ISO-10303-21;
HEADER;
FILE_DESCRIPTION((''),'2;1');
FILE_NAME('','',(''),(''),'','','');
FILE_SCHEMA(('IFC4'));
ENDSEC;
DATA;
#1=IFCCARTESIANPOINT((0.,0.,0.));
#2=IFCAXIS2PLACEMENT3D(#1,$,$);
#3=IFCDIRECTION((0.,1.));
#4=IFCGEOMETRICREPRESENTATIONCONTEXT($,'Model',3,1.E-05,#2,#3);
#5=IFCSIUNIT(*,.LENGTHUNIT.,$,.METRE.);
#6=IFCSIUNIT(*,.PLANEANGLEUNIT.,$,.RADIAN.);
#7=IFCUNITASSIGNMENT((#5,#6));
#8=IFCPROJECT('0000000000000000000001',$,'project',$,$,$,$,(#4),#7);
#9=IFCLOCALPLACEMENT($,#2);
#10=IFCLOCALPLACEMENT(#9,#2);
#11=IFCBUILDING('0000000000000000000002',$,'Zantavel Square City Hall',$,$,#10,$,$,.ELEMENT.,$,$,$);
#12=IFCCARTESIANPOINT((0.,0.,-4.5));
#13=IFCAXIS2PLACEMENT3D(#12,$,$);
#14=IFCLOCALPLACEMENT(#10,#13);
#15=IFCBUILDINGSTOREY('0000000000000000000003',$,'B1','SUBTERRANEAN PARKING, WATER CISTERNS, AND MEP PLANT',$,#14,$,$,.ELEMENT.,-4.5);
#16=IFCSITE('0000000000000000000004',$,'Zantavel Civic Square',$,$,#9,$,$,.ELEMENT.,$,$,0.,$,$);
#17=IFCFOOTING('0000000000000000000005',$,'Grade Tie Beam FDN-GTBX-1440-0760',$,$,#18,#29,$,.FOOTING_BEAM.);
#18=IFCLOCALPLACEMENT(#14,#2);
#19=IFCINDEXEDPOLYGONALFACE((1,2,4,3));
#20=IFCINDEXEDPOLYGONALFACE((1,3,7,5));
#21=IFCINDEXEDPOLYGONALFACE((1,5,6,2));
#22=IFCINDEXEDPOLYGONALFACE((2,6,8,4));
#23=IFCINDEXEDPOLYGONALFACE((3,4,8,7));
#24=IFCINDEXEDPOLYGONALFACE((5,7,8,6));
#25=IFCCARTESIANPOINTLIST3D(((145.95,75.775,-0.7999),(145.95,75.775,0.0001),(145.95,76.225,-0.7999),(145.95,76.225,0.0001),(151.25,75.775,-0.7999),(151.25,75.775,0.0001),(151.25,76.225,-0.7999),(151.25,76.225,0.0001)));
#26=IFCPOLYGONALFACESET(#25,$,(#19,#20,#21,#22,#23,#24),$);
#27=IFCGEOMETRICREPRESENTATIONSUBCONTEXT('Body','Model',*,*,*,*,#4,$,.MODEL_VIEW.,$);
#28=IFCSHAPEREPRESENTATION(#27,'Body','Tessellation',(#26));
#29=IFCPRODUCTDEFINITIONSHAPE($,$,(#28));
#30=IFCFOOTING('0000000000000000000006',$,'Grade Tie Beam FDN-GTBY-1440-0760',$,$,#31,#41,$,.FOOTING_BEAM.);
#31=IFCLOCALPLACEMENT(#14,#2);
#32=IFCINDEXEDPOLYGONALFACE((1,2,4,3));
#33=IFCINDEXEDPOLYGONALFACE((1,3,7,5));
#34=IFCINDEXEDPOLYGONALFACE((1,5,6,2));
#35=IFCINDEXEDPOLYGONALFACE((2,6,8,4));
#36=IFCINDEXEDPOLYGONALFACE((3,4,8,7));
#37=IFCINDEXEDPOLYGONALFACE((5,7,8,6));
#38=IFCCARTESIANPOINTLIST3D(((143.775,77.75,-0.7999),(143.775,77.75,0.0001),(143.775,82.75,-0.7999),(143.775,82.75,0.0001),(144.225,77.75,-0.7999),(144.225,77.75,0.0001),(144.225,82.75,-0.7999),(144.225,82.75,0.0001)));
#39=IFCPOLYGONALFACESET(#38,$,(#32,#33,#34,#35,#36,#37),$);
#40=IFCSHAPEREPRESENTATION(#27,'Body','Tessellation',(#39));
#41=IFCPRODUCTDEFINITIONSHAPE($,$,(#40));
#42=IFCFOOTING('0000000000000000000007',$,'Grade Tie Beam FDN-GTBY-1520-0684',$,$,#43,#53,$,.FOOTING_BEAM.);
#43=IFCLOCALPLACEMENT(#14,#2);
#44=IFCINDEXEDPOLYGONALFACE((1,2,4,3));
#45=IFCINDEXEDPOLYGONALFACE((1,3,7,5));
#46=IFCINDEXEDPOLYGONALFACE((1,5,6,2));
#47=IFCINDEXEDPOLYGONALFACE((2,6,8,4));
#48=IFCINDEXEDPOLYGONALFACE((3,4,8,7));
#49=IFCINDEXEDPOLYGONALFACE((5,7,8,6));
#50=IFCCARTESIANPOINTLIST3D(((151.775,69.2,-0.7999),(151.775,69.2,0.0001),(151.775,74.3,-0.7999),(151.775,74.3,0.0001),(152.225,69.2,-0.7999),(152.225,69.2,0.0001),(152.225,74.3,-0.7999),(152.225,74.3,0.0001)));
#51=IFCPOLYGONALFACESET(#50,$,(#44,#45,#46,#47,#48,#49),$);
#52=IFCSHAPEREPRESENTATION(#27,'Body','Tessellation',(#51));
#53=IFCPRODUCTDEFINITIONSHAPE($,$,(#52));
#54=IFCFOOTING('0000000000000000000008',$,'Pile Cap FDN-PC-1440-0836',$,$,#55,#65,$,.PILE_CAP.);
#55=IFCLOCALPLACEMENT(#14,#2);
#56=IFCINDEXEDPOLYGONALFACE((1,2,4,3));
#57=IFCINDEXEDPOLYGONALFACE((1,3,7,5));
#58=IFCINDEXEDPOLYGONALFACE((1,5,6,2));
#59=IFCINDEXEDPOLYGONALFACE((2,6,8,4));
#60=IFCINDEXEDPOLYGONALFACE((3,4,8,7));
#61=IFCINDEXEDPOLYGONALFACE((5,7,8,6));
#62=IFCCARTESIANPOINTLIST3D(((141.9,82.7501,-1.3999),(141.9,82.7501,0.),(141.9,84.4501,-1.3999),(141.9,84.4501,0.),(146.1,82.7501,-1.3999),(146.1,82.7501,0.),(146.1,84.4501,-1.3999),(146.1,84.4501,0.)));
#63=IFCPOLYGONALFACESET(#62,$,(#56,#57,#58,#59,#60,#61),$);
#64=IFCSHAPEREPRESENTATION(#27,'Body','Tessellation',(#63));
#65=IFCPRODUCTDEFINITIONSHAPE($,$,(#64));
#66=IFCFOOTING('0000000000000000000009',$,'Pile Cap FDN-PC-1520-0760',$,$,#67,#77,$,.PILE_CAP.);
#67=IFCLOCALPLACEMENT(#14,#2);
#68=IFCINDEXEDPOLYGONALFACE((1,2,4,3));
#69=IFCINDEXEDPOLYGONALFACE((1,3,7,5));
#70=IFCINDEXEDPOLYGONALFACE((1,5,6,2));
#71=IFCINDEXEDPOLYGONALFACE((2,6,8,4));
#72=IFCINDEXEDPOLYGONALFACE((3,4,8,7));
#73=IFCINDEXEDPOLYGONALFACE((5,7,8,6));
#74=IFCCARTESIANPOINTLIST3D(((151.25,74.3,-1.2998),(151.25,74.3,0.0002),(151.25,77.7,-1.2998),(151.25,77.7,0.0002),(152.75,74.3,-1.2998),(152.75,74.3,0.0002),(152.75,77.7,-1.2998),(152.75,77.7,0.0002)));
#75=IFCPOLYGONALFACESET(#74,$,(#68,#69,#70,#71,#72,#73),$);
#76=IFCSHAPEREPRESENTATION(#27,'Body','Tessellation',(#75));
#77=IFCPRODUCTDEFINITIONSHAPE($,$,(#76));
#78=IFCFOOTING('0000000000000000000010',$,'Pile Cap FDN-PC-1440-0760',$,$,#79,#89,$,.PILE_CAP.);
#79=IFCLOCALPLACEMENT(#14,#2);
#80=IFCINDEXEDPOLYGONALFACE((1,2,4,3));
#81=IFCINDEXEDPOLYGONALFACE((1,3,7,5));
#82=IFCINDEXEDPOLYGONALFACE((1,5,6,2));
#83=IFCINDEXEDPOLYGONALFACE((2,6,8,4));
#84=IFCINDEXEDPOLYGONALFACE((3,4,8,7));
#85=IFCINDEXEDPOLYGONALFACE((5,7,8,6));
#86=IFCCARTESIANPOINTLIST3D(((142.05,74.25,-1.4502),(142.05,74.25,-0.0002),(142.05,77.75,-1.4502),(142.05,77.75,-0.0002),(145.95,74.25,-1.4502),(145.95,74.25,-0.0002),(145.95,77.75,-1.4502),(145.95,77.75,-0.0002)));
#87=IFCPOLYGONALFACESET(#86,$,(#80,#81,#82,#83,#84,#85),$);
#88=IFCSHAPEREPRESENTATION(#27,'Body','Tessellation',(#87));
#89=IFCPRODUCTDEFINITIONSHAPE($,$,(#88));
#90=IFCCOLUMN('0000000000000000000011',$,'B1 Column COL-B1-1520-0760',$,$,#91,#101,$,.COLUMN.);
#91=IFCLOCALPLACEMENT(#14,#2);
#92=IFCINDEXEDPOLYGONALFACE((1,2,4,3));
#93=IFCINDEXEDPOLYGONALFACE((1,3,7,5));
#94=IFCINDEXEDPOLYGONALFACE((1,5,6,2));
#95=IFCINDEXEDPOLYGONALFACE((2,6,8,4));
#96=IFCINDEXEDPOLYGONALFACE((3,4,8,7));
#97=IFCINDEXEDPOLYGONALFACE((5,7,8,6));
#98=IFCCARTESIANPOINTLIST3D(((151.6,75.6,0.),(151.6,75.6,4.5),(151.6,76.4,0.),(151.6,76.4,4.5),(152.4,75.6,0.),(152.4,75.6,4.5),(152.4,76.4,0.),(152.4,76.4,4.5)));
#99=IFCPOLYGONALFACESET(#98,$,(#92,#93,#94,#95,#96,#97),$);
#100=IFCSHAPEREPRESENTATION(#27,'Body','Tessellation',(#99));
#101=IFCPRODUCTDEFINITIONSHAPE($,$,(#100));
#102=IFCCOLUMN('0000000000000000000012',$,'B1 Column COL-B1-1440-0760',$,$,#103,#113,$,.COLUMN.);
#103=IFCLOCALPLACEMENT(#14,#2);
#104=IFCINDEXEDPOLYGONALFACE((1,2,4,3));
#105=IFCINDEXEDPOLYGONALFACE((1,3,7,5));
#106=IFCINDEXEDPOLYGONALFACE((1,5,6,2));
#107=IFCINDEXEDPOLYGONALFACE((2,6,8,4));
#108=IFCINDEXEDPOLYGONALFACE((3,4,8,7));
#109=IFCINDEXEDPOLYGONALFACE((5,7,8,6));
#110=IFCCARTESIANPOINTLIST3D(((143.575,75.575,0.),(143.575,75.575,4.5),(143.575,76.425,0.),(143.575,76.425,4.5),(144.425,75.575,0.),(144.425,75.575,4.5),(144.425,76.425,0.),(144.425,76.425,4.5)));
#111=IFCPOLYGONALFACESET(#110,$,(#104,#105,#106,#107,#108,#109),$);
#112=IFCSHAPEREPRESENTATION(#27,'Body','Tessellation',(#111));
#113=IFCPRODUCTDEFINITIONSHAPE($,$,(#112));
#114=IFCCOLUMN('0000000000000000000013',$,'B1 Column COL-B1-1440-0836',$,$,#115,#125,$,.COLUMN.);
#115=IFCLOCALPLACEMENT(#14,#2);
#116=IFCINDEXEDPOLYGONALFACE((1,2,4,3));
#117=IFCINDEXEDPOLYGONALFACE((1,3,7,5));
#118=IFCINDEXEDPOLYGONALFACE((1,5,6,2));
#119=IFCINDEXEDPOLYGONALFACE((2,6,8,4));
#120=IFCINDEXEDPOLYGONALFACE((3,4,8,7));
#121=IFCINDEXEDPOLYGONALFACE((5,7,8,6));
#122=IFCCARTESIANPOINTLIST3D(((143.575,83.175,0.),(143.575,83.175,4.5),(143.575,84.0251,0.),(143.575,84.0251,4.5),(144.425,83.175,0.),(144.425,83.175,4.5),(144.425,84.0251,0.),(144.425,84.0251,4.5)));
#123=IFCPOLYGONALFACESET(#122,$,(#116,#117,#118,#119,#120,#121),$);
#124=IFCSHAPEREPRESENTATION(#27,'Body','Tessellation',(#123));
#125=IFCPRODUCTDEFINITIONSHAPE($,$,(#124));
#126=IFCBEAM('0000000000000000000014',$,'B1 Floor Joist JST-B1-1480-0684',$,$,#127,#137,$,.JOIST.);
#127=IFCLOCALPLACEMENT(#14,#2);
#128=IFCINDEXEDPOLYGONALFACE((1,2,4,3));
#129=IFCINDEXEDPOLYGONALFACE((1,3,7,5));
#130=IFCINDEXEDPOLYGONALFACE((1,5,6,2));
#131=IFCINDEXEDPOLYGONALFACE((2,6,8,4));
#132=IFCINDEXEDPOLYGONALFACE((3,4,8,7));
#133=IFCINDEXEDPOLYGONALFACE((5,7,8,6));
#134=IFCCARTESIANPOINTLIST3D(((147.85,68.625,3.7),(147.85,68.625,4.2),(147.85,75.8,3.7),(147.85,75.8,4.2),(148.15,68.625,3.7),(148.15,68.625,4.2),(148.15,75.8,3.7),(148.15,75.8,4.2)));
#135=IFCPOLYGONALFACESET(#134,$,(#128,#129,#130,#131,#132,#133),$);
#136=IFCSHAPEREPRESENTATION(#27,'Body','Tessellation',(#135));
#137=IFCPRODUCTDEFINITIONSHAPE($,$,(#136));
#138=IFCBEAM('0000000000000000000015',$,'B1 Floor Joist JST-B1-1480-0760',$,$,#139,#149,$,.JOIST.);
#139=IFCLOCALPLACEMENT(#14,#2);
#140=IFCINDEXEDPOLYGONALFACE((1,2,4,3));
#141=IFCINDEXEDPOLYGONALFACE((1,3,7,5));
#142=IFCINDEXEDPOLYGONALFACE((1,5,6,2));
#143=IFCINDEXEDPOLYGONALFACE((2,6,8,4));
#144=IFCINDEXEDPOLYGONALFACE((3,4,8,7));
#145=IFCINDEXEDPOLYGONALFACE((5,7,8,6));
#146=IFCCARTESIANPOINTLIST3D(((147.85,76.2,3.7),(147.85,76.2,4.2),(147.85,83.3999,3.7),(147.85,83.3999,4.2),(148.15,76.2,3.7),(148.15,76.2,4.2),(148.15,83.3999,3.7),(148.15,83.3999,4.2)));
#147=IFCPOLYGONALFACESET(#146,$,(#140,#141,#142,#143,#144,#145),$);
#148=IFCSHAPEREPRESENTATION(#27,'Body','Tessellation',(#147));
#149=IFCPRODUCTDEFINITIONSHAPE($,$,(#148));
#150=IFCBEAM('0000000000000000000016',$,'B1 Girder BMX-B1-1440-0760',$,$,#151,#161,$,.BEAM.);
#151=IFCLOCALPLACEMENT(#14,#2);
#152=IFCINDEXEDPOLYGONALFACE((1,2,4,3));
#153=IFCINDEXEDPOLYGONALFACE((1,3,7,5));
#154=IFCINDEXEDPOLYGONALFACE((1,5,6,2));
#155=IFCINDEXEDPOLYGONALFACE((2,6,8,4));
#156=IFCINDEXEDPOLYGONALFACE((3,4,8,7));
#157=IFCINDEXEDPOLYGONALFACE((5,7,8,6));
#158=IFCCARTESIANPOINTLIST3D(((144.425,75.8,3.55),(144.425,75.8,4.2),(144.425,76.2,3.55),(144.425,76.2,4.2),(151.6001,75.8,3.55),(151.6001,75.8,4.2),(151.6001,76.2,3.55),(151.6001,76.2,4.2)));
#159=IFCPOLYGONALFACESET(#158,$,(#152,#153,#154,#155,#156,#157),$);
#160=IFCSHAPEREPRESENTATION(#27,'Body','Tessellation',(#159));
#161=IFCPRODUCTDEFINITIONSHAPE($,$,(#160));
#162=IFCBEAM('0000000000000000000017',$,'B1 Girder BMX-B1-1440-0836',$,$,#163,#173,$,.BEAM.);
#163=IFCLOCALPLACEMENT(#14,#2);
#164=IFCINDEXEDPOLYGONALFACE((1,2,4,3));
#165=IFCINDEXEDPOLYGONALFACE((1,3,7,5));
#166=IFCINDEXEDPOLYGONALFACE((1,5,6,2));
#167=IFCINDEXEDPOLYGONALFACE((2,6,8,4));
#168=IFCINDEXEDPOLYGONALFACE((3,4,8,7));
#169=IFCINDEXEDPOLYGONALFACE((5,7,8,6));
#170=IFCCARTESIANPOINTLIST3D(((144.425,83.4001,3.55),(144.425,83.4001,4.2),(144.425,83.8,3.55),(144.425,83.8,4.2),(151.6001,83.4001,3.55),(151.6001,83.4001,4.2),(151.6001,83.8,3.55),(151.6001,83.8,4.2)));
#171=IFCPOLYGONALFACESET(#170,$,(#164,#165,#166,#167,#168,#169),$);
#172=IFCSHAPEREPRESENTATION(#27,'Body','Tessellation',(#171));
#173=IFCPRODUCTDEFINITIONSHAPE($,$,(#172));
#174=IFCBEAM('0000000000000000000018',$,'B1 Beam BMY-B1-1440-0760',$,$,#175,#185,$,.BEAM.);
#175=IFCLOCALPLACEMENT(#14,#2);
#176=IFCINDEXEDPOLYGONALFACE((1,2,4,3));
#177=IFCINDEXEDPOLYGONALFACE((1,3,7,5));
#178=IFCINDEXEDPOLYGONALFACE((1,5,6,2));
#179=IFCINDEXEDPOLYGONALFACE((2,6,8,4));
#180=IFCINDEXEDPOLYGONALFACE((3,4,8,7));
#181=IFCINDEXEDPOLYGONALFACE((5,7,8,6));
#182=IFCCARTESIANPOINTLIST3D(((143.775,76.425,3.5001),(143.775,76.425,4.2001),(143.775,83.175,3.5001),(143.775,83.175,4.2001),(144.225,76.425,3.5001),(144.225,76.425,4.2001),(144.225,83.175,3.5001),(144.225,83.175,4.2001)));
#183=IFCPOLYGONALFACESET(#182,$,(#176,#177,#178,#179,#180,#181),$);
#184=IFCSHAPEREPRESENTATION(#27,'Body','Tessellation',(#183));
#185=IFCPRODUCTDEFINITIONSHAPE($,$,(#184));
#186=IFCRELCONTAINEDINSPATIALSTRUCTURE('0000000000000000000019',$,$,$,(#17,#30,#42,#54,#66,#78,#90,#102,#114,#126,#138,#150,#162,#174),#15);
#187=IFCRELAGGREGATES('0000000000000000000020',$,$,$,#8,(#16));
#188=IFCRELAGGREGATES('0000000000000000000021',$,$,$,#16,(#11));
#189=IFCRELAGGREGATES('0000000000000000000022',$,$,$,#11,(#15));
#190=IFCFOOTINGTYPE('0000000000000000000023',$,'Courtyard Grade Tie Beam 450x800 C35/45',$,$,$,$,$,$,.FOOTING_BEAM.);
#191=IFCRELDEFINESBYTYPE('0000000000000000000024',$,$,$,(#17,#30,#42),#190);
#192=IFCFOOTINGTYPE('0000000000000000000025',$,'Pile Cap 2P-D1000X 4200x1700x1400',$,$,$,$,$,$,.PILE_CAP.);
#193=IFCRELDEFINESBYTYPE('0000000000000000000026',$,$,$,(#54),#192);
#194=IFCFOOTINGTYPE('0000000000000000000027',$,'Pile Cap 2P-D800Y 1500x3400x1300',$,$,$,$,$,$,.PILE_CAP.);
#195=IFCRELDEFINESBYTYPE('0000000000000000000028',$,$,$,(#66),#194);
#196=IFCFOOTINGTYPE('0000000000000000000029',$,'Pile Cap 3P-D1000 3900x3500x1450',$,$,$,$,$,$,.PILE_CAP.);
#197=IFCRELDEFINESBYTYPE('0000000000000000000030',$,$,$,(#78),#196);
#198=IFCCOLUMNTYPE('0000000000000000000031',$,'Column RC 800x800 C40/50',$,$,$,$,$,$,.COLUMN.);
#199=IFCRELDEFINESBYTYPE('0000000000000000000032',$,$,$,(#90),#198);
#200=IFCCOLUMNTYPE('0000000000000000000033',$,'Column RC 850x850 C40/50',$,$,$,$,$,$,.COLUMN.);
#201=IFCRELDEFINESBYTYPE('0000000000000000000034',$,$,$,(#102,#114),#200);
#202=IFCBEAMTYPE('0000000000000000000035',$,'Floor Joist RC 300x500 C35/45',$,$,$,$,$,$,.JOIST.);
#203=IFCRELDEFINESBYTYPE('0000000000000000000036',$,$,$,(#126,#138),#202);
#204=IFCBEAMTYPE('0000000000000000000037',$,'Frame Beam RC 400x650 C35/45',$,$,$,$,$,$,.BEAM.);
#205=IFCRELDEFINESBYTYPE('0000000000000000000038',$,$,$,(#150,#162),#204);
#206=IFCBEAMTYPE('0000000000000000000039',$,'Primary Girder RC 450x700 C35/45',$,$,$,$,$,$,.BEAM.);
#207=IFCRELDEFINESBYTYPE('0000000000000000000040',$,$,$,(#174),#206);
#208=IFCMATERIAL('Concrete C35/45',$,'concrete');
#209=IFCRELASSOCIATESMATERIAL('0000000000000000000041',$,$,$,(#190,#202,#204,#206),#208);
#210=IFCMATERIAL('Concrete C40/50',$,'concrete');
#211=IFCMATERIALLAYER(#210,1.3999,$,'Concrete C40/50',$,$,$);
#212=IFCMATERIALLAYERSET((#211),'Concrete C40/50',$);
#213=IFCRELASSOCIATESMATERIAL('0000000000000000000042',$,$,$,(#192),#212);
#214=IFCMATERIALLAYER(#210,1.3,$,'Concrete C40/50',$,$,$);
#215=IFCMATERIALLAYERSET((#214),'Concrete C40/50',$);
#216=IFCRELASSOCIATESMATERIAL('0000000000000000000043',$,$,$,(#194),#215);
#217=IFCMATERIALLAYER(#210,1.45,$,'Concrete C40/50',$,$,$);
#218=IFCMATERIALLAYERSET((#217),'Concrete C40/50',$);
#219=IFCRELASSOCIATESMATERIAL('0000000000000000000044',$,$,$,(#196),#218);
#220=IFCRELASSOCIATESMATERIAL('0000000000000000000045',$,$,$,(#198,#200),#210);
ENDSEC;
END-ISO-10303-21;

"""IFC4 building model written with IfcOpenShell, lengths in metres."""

from ifc_helpers import new_model, si_unit, direction, frame, origin, origin_2d, place, context, subcontext, project, spatial, rectangle, extrude, material, layer, layer_set, material_profile, profile_set, type_object, element, save


model = new_model("IFC4")

# Units and contexts
model_context = context("Model", 3, precision=1e-05, world=origin(), true_north=direction((0.0, 1.0)))
body_context = subcontext(model_context, "Body", "Model", "MODEL_VIEW")
ifc_project = project(units=[si_unit("LENGTHUNIT", "METRE"), si_unit("PLANEANGLEUNIT", "RADIAN")], contexts=[model_context])

# Site, building, storey
site_placement = place(None, origin())
site = spatial("IfcSite", under=ifc_project, at=site_placement, Name="Zantavel Civic Square", CompositionType="ELEMENT", RefElevation=0.0)
building_placement = place(site_placement, origin())
building = spatial("IfcBuilding", under=site, at=building_placement, Name="Zantavel Square City Hall", CompositionType="ELEMENT")
storey_placement = place(building_placement, frame((0.0, 0.0, -4.5)))
storey = spatial("IfcBuildingStorey", under=building, at=storey_placement, Name="B1", Description="SUBTERRANEAN PARKING, WATER CISTERNS, AND MEP PLANT", CompositionType="ELEMENT", Elevation=-4.5)

# Shared definitions
ifc_material_1 = material(Name="Concrete C35/45", Category="concrete")

# Footings
ifc_material_profile_1 = material_profile(ifc_material_1, rectangle(XDim=0.45, YDim=0.8, at=origin_2d()), Name="RC 450x800")
ifc_profile_set_1 = profile_set([ifc_material_profile_1], Name="Concrete C35/45")
footing_type_1 = type_object("IfcFootingType", Name="Courtyard Grade Tie Beam 450x800 C35/45", PredefinedType="FOOTING_BEAM", material=ifc_profile_set_1)
footing_1_placement = place(storey_placement, frame((145.95, 76.0, -0.3999), z_axis=(1.0, 0.0, 0.0), x_axis=(0.0, 1.0, 0.0)))
element("IfcFooting", 1, at=footing_1_placement, inside=storey, type_object=footing_type_1, Name="Grade Tie Beam FDN-GTBX-1440-0760", PredefinedType="FOOTING_BEAM", context=body_context, shape_type="SweptSolid", body=[
    extrude(rectangle(XDim=0.45, YDim=0.8, at=origin_2d()), origin(), (0.0, 0.0, 1.0), 5.3),
])
footing_2_placement = place(storey_placement, frame((144.0, 77.75, -0.3999), z_axis=(0.0, 1.0, 0.0), x_axis=(-1.0, 0.0, 0.0)))
element("IfcFooting", 2, at=footing_2_placement, inside=storey, type_object=footing_type_1, Name="Grade Tie Beam FDN-GTBY-1440-0760", PredefinedType="FOOTING_BEAM", context=body_context, shape_type="SweptSolid", body=[
    extrude(rectangle(XDim=0.45, YDim=0.8, at=origin_2d()), origin(), (0.0, 0.0, 1.0), 5.0),
])
footing_3_placement = place(storey_placement, frame((152.0, 69.2, -0.3999), z_axis=(0.0, 1.0, 0.0), x_axis=(-1.0, 0.0, 0.0)))
element("IfcFooting", 3, at=footing_3_placement, inside=storey, type_object=footing_type_1, Name="Grade Tie Beam FDN-GTBY-1520-0684", PredefinedType="FOOTING_BEAM", context=body_context, shape_type="SweptSolid", body=[
    extrude(rectangle(XDim=0.45, YDim=0.8, at=origin_2d()), origin(), (0.0, 0.0, 1.0), 5.1001),
])
ifc_material_2 = material(Name="Concrete C40/50", Category="concrete")
ifc_layer_1 = layer(ifc_material_2, 1.3999, Name="Concrete C40/50")
ifc_layer_set_1 = layer_set([ifc_layer_1], Name="Concrete C40/50")
footing_type_2 = type_object("IfcFootingType", Name="Pile Cap 2P-D1000X 4200x1700x1400", PredefinedType="PILE_CAP", material=ifc_layer_set_1)
footing_4_placement = place(storey_placement, frame((144.0, 83.6001, -1.3999), z_axis=(0.0, 0.0, 1.0), x_axis=(1.0, 0.0, 0.0)))
element("IfcFooting", 4, at=footing_4_placement, inside=storey, type_object=footing_type_2, Name="Pile Cap FDN-PC-1440-0836", PredefinedType="PILE_CAP", context=body_context, shape_type="SweptSolid", body=[
    extrude(rectangle(XDim=4.2, YDim=1.7, at=origin_2d()), origin(), (0.0, 0.0, 1.0), 1.3999),
])
ifc_layer_2 = layer(ifc_material_2, 1.3, Name="Concrete C40/50")
ifc_layer_set_2 = layer_set([ifc_layer_2], Name="Concrete C40/50")
footing_type_3 = type_object("IfcFootingType", Name="Pile Cap 2P-D800Y 1500x3400x1300", PredefinedType="PILE_CAP", material=ifc_layer_set_2)
footing_5_placement = place(storey_placement, frame((152.0, 76.0, -1.2998), z_axis=(0.0, 0.0, 1.0), x_axis=(1.0, 0.0, 0.0)))
element("IfcFooting", 5, at=footing_5_placement, inside=storey, type_object=footing_type_3, Name="Pile Cap FDN-PC-1520-0760", PredefinedType="PILE_CAP", context=body_context, shape_type="SweptSolid", body=[
    extrude(rectangle(XDim=1.5, YDim=3.3999, at=origin_2d()), origin(), (0.0, 0.0, 1.0), 1.3),
])
ifc_layer_3 = layer(ifc_material_2, 1.45, Name="Concrete C40/50")
ifc_layer_set_3 = layer_set([ifc_layer_3], Name="Concrete C40/50")
footing_type_4 = type_object("IfcFootingType", Name="Pile Cap 3P-D1000 3900x3500x1450", PredefinedType="PILE_CAP", material=ifc_layer_set_3)
footing_6_placement = place(storey_placement, frame((144.0, 76.0, -1.4502), z_axis=(0.0, 0.0, 1.0), x_axis=(1.0, 0.0, 0.0)))
element("IfcFooting", 6, at=footing_6_placement, inside=storey, type_object=footing_type_4, Name="Pile Cap FDN-PC-1440-0760", PredefinedType="PILE_CAP", context=body_context, shape_type="SweptSolid", body=[
    extrude(rectangle(XDim=3.8999, YDim=3.5, at=origin_2d()), origin(), (0.0, 0.0, 1.0), 1.45),
])

# Columns
ifc_material_profile_2 = material_profile(ifc_material_2, rectangle(XDim=0.8, YDim=0.8, at=origin_2d()), Name="RC 800x800")
ifc_profile_set_2 = profile_set([ifc_material_profile_2], Name="Concrete C40/50")
column_type_1 = type_object("IfcColumnType", Name="Column RC 800x800 C40/50", PredefinedType="COLUMN", material=ifc_profile_set_2)
column_placement = place(storey_placement, frame((152.0, 76.0, 0.0), z_axis=(0.0, 0.0, 1.0), x_axis=(1.0, 0.0, 0.0)))
element("IfcColumn", 7, at=column_placement, inside=storey, type_object=column_type_1, Name="B1 Column COL-B1-1520-0760", PredefinedType="COLUMN", context=body_context, shape_type="SweptSolid", body=[
    extrude(rectangle(XDim=0.8, YDim=0.8, at=origin_2d()), origin(), (0.0, 0.0, 1.0), 4.5),
])
ifc_material_profile_3 = material_profile(ifc_material_2, rectangle(XDim=0.8501, YDim=0.8501, at=origin_2d()), Name="RC 850x850")
ifc_profile_set_3 = profile_set([ifc_material_profile_3], Name="Concrete C40/50")
column_type_2 = type_object("IfcColumnType", Name="Column RC 850x850 C40/50", PredefinedType="COLUMN", material=ifc_profile_set_3)
for number, where, z_axis, x_axis, name in (
    (8, (144.0, 76.0, 0.0), (0.0, 0.0, 1.0), (1.0, 0.0, 0.0), "B1 Column COL-B1-1440-0760"),
    (9, (144.0, 83.6001, 0.0), (0.0, 0.0, 1.0), (1.0, 0.0, 0.0), "B1 Column COL-B1-1440-0836"),
):
    element("IfcColumn", number, at=place(storey_placement, frame(where, z_axis=z_axis, x_axis=x_axis)), inside=storey, type_object=column_type_2, Name=name, PredefinedType="COLUMN", context=body_context, shape_type="SweptSolid", body=[
        extrude(rectangle(XDim=0.8501, YDim=0.8501, at=origin_2d()), origin(), (0.0, 0.0, 1.0), 4.5),
    ])

# Beams
ifc_material_profile_4 = material_profile(ifc_material_1, rectangle(XDim=0.3, YDim=0.5, at=origin_2d()), Name="RC 300x500")
ifc_profile_set_4 = profile_set([ifc_material_profile_4], Name="Concrete C35/45")
beam_type_1 = type_object("IfcBeamType", Name="Floor Joist RC 300x500 C35/45", PredefinedType="JOIST", material=ifc_profile_set_4)
beam_1_placement = place(storey_placement, frame((148.0, 68.625, 3.95), z_axis=(0.0, 1.0, 0.0), x_axis=(-1.0, 0.0, 0.0)))
element("IfcBeam", 10, at=beam_1_placement, inside=storey, type_object=beam_type_1, Name="B1 Floor Joist JST-B1-1480-0684", PredefinedType="JOIST", context=body_context, shape_type="SweptSolid", body=[
    extrude(rectangle(XDim=0.3, YDim=0.5, at=origin_2d()), origin(), (0.0, 0.0, 1.0), 7.175),
])
beam_2_placement = place(storey_placement, frame((148.0, 76.2, 3.95), z_axis=(0.0, 1.0, 0.0), x_axis=(-1.0, 0.0, 0.0)))
element("IfcBeam", 11, at=beam_2_placement, inside=storey, type_object=beam_type_1, Name="B1 Floor Joist JST-B1-1480-0760", PredefinedType="JOIST", context=body_context, shape_type="SweptSolid", body=[
    extrude(rectangle(XDim=0.3, YDim=0.5, at=origin_2d()), origin(), (0.0, 0.0, 1.0), 7.2),
])
ifc_material_profile_5 = material_profile(ifc_material_1, rectangle(XDim=0.3999, YDim=0.6499, at=origin_2d()), Name="RC 400x650")
ifc_profile_set_5 = profile_set([ifc_material_profile_5], Name="Concrete C35/45")
beam_type_2 = type_object("IfcBeamType", Name="Frame Beam RC 400x650 C35/45", PredefinedType="BEAM", material=ifc_profile_set_5)
for number, where, z_axis, x_axis, name in (
    (12, (144.425, 76.0, 3.875), (1.0, 0.0, 0.0), (0.0, 1.0, 0.0), "B1 Girder BMX-B1-1440-0760"),
    (13, (144.425, 83.6001, 3.875), (1.0, 0.0, 0.0), (0.0, 1.0, 0.0), "B1 Girder BMX-B1-1440-0836"),
):
    element("IfcBeam", number, at=place(storey_placement, frame(where, z_axis=z_axis, x_axis=x_axis)), inside=storey, type_object=beam_type_2, Name=name, PredefinedType="BEAM", context=body_context, shape_type="SweptSolid", body=[
        extrude(rectangle(XDim=0.3999, YDim=0.6499, at=origin_2d()), origin(), (0.0, 0.0, 1.0), 7.175),
    ])
ifc_material_profile_6 = material_profile(ifc_material_1, rectangle(XDim=0.45, YDim=0.7, at=origin_2d()), Name="RC 450x700")
ifc_profile_set_6 = profile_set([ifc_material_profile_6], Name="Concrete C35/45")
beam_type_3 = type_object("IfcBeamType", Name="Primary Girder RC 450x700 C35/45", PredefinedType="BEAM", material=ifc_profile_set_6)
beam_3_placement = place(storey_placement, frame((144.0, 76.425, 3.8501), z_axis=(0.0, 1.0, 0.0), x_axis=(-1.0, 0.0, 0.0)))
element("IfcBeam", 14, at=beam_3_placement, inside=storey, type_object=beam_type_3, Name="B1 Beam BMY-B1-1440-0760", PredefinedType="BEAM", context=body_context, shape_type="SweptSolid", body=[
    extrude(rectangle(XDim=0.45, YDim=0.7, at=origin_2d()), origin(), (0.0, 0.0, 1.0), 6.75),
])

save(model, "model.ifc")
